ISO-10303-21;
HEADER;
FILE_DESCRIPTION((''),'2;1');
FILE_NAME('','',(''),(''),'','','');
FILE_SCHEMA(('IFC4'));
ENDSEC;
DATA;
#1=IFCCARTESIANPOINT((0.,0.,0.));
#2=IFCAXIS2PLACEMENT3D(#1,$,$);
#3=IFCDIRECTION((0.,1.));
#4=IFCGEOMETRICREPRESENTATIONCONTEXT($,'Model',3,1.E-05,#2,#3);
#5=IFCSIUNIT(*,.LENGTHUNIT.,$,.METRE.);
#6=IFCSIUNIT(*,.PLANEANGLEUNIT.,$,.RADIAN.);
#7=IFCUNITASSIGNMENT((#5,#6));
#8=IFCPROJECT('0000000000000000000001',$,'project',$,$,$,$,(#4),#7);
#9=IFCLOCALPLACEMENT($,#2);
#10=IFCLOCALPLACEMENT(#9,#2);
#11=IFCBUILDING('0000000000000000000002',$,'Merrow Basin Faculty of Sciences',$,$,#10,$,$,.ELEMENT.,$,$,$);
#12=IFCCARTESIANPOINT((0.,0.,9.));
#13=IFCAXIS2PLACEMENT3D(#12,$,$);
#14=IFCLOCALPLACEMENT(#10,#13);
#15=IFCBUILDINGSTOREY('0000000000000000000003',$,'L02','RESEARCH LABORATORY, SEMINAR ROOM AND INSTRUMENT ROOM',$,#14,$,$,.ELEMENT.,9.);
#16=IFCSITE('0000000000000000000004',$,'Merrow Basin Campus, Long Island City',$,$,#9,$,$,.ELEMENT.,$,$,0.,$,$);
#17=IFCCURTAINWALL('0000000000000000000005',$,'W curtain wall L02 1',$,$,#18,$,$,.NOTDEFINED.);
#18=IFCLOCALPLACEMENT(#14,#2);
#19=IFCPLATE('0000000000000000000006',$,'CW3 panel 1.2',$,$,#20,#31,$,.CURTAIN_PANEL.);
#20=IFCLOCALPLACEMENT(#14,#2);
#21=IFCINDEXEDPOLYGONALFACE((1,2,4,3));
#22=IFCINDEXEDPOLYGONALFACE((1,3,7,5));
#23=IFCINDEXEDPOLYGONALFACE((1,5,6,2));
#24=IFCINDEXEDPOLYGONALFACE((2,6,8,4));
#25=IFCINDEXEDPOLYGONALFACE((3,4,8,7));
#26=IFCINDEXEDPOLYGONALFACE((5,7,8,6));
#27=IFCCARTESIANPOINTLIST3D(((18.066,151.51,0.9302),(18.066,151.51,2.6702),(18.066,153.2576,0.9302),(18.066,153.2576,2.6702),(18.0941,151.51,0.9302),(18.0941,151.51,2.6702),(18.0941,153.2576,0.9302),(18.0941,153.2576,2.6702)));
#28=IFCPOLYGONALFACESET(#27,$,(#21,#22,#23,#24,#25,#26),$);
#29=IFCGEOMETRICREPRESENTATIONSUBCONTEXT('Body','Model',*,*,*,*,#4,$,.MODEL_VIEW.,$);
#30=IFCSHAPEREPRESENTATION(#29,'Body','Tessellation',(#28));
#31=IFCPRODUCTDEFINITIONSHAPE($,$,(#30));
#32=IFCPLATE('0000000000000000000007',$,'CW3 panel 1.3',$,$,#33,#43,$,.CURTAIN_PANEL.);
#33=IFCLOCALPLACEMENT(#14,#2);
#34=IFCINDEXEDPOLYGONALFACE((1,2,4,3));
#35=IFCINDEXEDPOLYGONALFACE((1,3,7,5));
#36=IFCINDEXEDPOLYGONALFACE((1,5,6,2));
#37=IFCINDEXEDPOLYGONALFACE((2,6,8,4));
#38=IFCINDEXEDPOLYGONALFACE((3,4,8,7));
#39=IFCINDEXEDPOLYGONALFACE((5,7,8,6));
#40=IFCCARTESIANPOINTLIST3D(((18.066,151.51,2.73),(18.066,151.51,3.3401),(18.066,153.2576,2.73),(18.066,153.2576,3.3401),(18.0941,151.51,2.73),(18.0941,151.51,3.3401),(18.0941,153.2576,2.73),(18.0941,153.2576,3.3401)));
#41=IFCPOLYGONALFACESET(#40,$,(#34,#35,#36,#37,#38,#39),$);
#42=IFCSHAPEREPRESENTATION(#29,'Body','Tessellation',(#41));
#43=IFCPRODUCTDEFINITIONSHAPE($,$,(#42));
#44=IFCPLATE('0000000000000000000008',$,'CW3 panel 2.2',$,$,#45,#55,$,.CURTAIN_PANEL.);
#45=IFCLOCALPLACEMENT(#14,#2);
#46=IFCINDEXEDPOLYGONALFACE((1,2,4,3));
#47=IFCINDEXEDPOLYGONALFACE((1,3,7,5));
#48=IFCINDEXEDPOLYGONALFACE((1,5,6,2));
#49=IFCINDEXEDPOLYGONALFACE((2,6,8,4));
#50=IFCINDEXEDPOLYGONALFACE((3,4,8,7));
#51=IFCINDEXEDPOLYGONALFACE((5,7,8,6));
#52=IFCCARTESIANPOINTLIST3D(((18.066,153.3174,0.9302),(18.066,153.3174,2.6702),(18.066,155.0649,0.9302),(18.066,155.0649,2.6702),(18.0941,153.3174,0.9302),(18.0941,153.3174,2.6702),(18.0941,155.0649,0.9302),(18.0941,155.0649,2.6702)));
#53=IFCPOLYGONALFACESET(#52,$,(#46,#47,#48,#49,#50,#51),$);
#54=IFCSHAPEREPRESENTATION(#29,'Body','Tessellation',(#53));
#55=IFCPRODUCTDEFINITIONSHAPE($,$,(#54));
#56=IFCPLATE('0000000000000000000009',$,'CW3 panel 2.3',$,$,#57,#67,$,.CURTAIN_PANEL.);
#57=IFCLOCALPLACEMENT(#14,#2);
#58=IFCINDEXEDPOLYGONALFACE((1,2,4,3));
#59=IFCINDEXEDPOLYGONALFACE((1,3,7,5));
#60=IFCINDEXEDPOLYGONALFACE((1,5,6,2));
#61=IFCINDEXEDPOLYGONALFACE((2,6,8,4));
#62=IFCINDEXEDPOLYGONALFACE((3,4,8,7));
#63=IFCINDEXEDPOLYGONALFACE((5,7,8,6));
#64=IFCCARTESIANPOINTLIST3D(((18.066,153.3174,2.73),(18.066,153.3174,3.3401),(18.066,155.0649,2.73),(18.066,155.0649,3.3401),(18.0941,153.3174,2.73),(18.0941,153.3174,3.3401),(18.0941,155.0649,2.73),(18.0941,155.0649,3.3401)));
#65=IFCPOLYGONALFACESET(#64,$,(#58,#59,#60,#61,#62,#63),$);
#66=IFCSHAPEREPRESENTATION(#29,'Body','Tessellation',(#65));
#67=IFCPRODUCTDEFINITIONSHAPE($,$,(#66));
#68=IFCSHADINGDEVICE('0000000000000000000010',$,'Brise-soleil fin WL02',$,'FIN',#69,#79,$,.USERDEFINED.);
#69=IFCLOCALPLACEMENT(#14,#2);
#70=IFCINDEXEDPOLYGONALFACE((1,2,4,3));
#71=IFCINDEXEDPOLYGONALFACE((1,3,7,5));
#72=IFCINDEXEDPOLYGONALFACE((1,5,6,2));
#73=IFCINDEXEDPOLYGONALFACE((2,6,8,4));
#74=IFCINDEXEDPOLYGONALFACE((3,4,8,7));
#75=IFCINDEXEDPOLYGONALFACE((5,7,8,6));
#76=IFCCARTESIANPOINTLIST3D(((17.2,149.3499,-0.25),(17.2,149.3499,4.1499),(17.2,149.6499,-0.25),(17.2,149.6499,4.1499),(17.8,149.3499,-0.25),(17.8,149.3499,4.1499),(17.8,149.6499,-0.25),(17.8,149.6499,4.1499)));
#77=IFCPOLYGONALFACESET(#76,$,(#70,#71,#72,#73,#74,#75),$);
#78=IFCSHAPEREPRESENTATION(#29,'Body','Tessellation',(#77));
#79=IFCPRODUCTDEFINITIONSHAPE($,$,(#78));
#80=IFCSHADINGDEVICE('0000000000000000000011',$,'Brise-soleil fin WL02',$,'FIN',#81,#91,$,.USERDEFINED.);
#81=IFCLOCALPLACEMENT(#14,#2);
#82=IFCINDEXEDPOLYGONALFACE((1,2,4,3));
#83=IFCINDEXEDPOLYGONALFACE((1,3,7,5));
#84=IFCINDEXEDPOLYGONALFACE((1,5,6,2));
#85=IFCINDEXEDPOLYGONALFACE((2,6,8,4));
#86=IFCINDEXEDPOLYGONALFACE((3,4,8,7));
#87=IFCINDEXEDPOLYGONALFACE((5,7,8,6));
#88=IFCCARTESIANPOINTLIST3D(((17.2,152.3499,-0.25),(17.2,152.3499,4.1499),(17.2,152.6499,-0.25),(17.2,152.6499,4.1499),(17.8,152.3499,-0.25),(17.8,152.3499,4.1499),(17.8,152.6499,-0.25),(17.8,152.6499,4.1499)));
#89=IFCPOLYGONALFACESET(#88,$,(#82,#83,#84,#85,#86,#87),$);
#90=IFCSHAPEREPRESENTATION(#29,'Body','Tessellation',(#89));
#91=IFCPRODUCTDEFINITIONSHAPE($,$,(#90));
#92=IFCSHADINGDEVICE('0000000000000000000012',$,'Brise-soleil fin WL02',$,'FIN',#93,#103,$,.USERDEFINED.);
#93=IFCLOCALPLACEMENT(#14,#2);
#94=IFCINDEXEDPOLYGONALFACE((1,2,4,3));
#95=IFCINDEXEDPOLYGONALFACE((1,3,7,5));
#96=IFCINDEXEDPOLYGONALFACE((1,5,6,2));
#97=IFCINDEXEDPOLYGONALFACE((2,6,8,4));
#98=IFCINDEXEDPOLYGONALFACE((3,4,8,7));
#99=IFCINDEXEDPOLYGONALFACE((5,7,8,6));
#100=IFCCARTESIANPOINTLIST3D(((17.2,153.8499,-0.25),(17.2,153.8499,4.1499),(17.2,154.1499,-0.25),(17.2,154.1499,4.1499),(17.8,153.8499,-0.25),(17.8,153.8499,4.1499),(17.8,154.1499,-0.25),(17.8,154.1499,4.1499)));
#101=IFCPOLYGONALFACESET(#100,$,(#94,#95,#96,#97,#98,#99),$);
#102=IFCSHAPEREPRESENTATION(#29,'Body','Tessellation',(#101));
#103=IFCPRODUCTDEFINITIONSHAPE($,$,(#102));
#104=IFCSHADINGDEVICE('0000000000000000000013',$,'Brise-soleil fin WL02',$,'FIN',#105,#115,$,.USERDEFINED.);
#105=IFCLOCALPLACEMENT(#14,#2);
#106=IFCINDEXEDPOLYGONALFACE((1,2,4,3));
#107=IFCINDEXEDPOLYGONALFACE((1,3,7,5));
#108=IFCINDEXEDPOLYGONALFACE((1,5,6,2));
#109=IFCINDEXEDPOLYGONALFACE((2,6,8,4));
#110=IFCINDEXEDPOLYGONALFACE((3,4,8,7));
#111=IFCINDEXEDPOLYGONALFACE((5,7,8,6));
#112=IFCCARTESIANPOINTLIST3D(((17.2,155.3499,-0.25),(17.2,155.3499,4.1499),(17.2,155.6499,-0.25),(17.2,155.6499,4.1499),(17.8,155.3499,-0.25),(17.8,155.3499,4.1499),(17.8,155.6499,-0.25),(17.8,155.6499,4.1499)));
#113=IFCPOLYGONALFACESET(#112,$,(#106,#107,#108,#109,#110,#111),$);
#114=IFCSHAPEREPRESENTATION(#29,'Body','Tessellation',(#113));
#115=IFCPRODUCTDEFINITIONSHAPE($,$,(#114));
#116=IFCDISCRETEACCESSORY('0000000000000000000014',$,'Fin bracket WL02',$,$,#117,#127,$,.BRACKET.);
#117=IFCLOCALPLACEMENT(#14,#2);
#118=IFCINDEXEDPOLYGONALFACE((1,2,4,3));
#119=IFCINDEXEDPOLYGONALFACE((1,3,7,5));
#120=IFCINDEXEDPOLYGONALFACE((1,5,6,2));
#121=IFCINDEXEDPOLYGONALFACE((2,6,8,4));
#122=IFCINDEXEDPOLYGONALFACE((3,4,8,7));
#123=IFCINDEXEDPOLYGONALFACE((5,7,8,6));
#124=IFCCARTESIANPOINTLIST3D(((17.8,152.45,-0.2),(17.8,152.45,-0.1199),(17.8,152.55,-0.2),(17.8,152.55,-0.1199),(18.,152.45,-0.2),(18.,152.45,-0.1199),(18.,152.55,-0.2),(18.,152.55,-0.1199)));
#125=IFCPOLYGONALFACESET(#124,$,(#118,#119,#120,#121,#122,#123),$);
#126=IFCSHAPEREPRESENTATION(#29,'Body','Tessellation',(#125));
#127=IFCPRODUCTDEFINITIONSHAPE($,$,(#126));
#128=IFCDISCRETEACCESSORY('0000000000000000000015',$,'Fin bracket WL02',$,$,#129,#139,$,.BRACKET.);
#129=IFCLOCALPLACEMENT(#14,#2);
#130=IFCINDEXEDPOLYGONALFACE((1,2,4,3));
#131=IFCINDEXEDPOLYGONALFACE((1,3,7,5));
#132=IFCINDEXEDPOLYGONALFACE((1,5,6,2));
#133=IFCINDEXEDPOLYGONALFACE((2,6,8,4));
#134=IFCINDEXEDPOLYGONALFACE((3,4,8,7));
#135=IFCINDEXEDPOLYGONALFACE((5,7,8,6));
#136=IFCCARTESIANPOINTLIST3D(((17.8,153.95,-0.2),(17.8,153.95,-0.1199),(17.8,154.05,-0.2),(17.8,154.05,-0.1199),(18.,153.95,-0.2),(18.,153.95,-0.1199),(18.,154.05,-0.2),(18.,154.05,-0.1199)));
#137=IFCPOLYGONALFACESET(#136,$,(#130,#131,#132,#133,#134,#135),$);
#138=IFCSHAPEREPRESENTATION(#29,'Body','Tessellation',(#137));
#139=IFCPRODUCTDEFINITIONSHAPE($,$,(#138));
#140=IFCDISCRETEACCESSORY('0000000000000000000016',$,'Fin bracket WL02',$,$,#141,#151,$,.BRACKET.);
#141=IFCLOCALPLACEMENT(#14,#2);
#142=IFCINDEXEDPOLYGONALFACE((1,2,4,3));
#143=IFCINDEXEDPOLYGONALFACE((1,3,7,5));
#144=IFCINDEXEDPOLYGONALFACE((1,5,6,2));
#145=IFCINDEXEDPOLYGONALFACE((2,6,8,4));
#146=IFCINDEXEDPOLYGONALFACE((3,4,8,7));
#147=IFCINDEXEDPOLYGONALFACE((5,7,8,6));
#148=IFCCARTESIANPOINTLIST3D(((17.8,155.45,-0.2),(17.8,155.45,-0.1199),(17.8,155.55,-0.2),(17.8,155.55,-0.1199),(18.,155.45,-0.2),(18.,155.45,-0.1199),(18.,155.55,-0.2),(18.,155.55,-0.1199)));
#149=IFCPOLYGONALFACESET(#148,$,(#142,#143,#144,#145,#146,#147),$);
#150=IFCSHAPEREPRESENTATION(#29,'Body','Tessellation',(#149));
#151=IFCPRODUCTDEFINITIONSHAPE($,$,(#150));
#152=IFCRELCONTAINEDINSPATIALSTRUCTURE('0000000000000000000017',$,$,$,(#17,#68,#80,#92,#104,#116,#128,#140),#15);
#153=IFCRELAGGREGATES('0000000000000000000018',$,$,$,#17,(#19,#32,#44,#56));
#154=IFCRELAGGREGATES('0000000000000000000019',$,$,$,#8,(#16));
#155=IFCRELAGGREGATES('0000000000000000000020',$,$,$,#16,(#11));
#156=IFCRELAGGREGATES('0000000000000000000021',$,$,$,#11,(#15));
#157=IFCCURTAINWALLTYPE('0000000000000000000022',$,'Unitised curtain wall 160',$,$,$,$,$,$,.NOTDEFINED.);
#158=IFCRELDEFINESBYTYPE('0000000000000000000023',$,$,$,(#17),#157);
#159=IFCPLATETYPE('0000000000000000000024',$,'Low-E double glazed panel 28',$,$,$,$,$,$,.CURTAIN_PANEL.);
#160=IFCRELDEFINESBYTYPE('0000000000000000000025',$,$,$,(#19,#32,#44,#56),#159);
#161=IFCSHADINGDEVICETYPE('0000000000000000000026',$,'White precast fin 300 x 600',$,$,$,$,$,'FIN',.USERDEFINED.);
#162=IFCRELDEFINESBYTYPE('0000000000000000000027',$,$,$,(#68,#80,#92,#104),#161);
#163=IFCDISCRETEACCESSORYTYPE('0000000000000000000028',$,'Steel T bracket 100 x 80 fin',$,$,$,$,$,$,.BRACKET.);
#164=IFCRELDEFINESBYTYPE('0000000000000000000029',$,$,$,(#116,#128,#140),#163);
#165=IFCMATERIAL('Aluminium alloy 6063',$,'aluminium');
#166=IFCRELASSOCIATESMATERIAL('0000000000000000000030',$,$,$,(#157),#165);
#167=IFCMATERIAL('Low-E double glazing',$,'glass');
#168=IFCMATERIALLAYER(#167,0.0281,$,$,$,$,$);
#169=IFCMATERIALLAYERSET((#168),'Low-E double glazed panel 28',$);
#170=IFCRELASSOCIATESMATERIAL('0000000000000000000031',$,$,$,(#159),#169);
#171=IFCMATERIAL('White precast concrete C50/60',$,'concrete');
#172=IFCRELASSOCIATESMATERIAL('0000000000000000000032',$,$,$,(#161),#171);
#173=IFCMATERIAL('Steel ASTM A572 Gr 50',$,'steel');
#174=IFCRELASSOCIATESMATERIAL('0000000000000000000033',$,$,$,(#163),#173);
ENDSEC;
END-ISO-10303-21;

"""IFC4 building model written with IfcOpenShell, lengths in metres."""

from ifc_helpers import new_model, si_unit, direction, frame, origin, origin_2d, place, context, subcontext, project, spatial, polyline, rectangle, outline, extrude, source, transform, mapped, material, layer, layer_set, type_object, element, aggregate, save


model = new_model("IFC4")

# Units and contexts
model_context = context("Model", 3, precision=1e-05, world=origin(), true_north=direction((0.0, 1.0)))
body_context = subcontext(model_context, "Body", "Model", "MODEL_VIEW")
ifc_project = project(units=[si_unit("LENGTHUNIT", "METRE"), si_unit("PLANEANGLEUNIT", "RADIAN")], contexts=[model_context])

# Site, building, storey
site_placement = place(None, origin())
site = spatial("IfcSite", under=ifc_project, at=site_placement, Name="Merrow Basin Campus, Long Island City", CompositionType="ELEMENT", RefElevation=0.0)
building_placement = place(site_placement, origin())
building = spatial("IfcBuilding", under=site, at=building_placement, Name="Merrow Basin Faculty of Sciences", CompositionType="ELEMENT")
storey_placement = place(building_placement, frame((0.0, 0.0, 9.0)))
storey = spatial("IfcBuildingStorey", under=building, at=storey_placement, Name="L02", Description="RESEARCH LABORATORY, SEMINAR ROOM AND INSTRUMENT ROOM", CompositionType="ELEMENT", Elevation=9.0)

# Curtain wall
ifc_material_1 = material(Name="Aluminium alloy 6063", Category="aluminium")
curtain_wall_type = type_object("IfcCurtainWallType", Name="Unitised curtain wall 160", PredefinedType="NOTDEFINED", material=ifc_material_1)
curtain_wall_placement = place(storey_placement, origin())
curtain_wall = element("IfcCurtainWall", 1, at=curtain_wall_placement, inside=storey, type_object=curtain_wall_type, Name="W curtain wall L02 1", PredefinedType="NOTDEFINED")

# Plates
ifc_material_2 = material(Name="Low-E double glazing", Category="glass")
ifc_layer_1 = layer(ifc_material_2, 0.0281)
ifc_layer_set_1 = layer_set([ifc_layer_1], Name="Low-E double glazed panel 28")
plate_type_1 = type_object("IfcPlateType", Name="Low-E double glazed panel 28", PredefinedType="CURTAIN_PANEL", material=ifc_layer_set_1)
plate_1_placement = place(storey_placement, frame((18.0801, 152.3838, 0.9302), z_axis=(0.0, 0.0, 1.0), x_axis=(0.0, 1.0, 0.0)))
plate_1 = element("IfcPlate", 2, at=plate_1_placement, type_object=plate_type_1, Name="CW3 panel 1.2", PredefinedType="CURTAIN_PANEL", context=body_context, shape_type="SweptSolid", body=[
    extrude(rectangle(XDim=1.7476, YDim=0.0281, at=origin_2d()), origin(), (0.0, 0.0, 1.0), 1.74),
])
plate_2_placement = place(storey_placement, frame((18.0801, 152.3838, 2.73), z_axis=(0.0, 0.0, 1.0), x_axis=(0.0, 1.0, 0.0)))
plate_2 = element("IfcPlate", 3, at=plate_2_placement, type_object=plate_type_1, Name="CW3 panel 1.3", PredefinedType="CURTAIN_PANEL", context=body_context, shape_type="SweptSolid", body=[
    extrude(rectangle(XDim=1.7476, YDim=0.0281, at=origin_2d()), origin(), (0.0, 0.0, 1.0), 0.6101),
])
plate_3_placement = place(storey_placement, frame((18.0801, 154.1912, 0.9302), z_axis=(0.0, 0.0, 1.0), x_axis=(0.0, 1.0, 0.0)))
plate_3 = element("IfcPlate", 4, at=plate_3_placement, type_object=plate_type_1, Name="CW3 panel 2.2", PredefinedType="CURTAIN_PANEL", context=body_context, shape_type="SweptSolid", body=[
    extrude(rectangle(XDim=1.7476, YDim=0.0281, at=origin_2d()), origin(), (0.0, 0.0, 1.0), 1.74),
])
plate_4_placement = place(storey_placement, frame((18.0801, 154.1912, 2.73), z_axis=(0.0, 0.0, 1.0), x_axis=(0.0, 1.0, 0.0)))
plate_4 = element("IfcPlate", 5, at=plate_4_placement, type_object=plate_type_1, Name="CW3 panel 2.3", PredefinedType="CURTAIN_PANEL", context=body_context, shape_type="SweptSolid", body=[
    extrude(rectangle(XDim=1.7476, YDim=0.0281, at=origin_2d()), origin(), (0.0, 0.0, 1.0), 0.6101),
])
aggregate(curtain_wall, [plate_1, plate_2, plate_3, plate_4])

# Shading devices
ifc_material_3 = material(Name="White precast concrete C50/60", Category="concrete")
shading_device_type = type_object("IfcShadingDeviceType", Name="White precast fin 300 x 600", ElementType="FIN", PredefinedType="USERDEFINED", material=ifc_material_3)
shared_shape_1 = source(origin(), body_context, "Body", "SweptSolid", [
    extrude(outline(polyline([(0.0, 0.0), (0.3, 0.0), (0.3, 4.3999), (0.0, 4.3999), (0.0, 0.0)])), origin(), (0.0, 0.0, 1.0), 0.6001),
])
for number, where, z_axis, x_axis, name in (
    (6, (17.8, 149.6499, -0.25), (-1.0, 0.0, 0.0), (0.0, -1.0, 0.0), "Brise-soleil fin WL02"),
    (7, (17.8, 152.6499, -0.25), (-1.0, 0.0, 0.0), (0.0, -1.0, 0.0), "Brise-soleil fin WL02"),
    (8, (17.8, 154.1499, -0.25), (-1.0, 0.0, 0.0), (0.0, -1.0, 0.0), "Brise-soleil fin WL02"),
    (9, (17.8, 155.6499, -0.25), (-1.0, 0.0, 0.0), (0.0, -1.0, 0.0), "Brise-soleil fin WL02"),
):
    element("IfcShadingDevice", number, at=place(storey_placement, frame(where, z_axis=z_axis, x_axis=x_axis)), inside=storey, type_object=shading_device_type, Name=name, ObjectType="FIN", PredefinedType="USERDEFINED", context=body_context, shape_type="MappedRepresentation", body=[
        mapped(shared_shape_1, transform((0.0, 0.0, 0.0), scale=1.0)),
    ])

# Discrete accessories
ifc_material_4 = material(Name="Steel ASTM A572 Gr 50", Category="steel")
discrete_accessory_type = type_object("IfcDiscreteAccessoryType", Name="Steel T bracket 100 x 80 fin", PredefinedType="BRACKET", material=ifc_material_4)
shared_shape_2 = source(origin(), body_context, "Body", "SweptSolid", [
    extrude(outline(polyline([(0.0, 0.0), (0.1001, 0.0), (0.1001, 0.0801), (0.0, 0.0801), (0.0, 0.0)])), origin(), (0.0, 0.0, 1.0), 0.2),
])
for number, where, z_axis, x_axis, name in (
    (10, (18.0, 152.55, -0.2), (-1.0, 0.0, 0.0), (0.0, -1.0, 0.0), "Fin bracket WL02"),
    (11, (18.0, 154.05, -0.2), (-1.0, 0.0, 0.0), (0.0, -1.0, 0.0), "Fin bracket WL02"),
    (12, (18.0, 155.55, -0.2), (-1.0, 0.0, 0.0), (0.0, -1.0, 0.0), "Fin bracket WL02"),
):
    element("IfcDiscreteAccessory", number, at=place(storey_placement, frame(where, z_axis=z_axis, x_axis=x_axis)), inside=storey, type_object=discrete_accessory_type, Name=name, PredefinedType="BRACKET", context=body_context, shape_type="MappedRepresentation", body=[
        mapped(shared_shape_2, transform((0.0, 0.0, 0.0), scale=1.0)),
    ])

save(model, "model.ifc")
